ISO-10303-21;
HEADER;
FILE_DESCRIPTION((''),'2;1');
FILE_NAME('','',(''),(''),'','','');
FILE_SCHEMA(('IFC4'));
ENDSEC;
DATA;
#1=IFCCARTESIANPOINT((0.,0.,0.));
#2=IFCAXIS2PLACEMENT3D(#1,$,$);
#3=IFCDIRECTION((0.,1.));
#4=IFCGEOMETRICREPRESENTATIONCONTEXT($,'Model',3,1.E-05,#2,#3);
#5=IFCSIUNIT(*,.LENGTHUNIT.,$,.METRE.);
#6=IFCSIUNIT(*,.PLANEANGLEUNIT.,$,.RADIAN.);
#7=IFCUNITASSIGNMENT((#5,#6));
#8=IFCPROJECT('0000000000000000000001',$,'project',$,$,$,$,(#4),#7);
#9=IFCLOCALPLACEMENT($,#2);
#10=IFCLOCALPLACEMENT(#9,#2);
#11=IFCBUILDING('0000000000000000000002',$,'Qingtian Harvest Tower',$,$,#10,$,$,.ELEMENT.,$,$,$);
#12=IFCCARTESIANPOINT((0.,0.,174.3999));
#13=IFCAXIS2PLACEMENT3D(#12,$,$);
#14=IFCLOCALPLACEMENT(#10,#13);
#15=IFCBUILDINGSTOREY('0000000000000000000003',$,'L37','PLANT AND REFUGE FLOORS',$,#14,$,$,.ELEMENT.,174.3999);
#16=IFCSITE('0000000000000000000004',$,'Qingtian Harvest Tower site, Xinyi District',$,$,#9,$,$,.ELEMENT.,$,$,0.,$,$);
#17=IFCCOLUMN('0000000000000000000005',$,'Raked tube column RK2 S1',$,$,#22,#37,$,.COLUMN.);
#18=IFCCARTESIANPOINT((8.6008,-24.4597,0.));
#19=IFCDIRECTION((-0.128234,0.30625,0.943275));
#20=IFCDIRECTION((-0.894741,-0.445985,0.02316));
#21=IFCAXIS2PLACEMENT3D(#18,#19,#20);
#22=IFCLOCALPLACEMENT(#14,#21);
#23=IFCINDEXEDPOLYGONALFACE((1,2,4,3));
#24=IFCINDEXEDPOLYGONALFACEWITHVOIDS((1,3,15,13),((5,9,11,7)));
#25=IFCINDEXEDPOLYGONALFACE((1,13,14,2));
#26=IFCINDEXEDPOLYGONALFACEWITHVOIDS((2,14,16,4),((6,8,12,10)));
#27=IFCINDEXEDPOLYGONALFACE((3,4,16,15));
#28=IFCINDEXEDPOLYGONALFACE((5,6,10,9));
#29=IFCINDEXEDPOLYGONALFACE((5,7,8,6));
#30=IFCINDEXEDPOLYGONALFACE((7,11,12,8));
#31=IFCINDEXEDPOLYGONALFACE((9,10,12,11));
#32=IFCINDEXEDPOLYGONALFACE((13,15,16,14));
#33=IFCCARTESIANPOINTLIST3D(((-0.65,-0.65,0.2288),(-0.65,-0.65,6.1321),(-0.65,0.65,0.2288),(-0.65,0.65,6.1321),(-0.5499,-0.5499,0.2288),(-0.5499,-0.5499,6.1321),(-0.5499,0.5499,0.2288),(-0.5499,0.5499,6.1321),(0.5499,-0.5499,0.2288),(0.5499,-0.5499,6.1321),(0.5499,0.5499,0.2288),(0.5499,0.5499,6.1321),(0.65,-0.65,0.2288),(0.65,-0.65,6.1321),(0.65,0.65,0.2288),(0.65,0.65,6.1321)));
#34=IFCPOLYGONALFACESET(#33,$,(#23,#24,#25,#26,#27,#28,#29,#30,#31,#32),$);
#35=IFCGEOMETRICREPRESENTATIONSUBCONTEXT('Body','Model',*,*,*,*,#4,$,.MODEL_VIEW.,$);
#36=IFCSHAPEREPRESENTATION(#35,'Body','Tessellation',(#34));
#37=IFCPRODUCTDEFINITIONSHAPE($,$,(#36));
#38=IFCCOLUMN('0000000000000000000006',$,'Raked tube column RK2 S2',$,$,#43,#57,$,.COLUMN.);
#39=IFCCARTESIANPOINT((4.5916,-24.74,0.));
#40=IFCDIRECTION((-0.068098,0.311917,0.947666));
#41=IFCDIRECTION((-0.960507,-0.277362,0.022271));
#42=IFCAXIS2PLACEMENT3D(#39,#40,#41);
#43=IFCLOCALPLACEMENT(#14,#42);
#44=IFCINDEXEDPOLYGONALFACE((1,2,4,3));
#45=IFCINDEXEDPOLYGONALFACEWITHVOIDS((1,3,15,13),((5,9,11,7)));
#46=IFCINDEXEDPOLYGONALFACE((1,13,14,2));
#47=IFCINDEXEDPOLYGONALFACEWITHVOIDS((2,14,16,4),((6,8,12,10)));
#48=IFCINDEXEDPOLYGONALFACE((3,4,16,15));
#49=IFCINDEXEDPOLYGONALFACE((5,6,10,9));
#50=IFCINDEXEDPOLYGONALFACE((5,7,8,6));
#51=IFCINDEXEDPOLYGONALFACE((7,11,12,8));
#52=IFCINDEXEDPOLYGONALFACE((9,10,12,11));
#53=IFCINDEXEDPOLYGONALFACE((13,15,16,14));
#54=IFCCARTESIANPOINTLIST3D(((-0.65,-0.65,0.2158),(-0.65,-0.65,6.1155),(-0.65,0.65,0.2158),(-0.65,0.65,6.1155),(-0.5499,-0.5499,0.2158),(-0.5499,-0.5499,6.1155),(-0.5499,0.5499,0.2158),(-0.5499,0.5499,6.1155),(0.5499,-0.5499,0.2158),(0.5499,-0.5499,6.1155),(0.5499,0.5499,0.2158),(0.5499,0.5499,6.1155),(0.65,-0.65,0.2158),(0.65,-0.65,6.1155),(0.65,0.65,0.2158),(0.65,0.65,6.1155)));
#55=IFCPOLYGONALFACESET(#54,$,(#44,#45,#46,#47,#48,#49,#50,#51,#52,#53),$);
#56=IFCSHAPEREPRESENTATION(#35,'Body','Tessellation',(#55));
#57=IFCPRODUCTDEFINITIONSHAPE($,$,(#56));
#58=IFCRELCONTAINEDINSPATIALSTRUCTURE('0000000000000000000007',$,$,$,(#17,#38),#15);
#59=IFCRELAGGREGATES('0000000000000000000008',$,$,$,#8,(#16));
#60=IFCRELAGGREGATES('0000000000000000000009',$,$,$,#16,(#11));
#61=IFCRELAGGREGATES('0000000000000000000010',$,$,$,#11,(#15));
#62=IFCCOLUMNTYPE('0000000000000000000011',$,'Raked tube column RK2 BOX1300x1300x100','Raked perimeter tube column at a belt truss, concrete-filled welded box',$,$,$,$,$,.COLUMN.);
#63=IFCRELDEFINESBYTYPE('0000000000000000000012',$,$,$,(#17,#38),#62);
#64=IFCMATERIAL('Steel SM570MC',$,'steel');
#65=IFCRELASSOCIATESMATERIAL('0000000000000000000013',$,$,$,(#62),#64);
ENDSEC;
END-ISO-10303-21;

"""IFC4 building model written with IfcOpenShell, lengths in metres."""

from ifc_helpers import new_model, si_unit, direction, frame, origin, origin_2d, place, context, subcontext, project, spatial, hollow_rectangle, extrude, clip, halfspace, material, material_profile, profile_set, type_object, element, save


model = new_model("IFC4")

# Units and contexts
model_context = context("Model", 3, precision=1e-05, world=origin(), true_north=direction((0.0, 1.0)))
body_context = subcontext(model_context, "Body", "Model", "MODEL_VIEW")
ifc_project = project(units=[si_unit("LENGTHUNIT", "METRE"), si_unit("PLANEANGLEUNIT", "RADIAN")], contexts=[model_context])

# Site, building, storey
site_placement = place(None, origin())
site = spatial("IfcSite", under=ifc_project, at=site_placement, Name="Qingtian Harvest Tower site, Xinyi District", CompositionType="ELEMENT", RefElevation=0.0)
building_placement = place(site_placement, origin())
building = spatial("IfcBuilding", under=site, at=building_placement, Name="Qingtian Harvest Tower", CompositionType="ELEMENT")
storey_placement = place(building_placement, frame((0.0, 0.0, 174.3999)))
storey = spatial("IfcBuildingStorey", under=building, at=storey_placement, Name="L37", Description="PLANT AND REFUGE FLOORS", CompositionType="ELEMENT", Elevation=174.3999)

# Columns
ifc_material_1 = material(Name="Steel SM570MC", Category="steel")
ifc_material_profile_1 = material_profile(ifc_material_1, hollow_rectangle(XDim=1.3, YDim=1.3, WallThickness=0.1001, at=origin_2d()), Name="BOX1300x1300x100")
ifc_profile_set_1 = profile_set([ifc_material_profile_1], Name="Steel SM570MC")
column_type = type_object("IfcColumnType", Name="Raked tube column RK2 BOX1300x1300x100", Description="Raked perimeter tube column at a belt truss, concrete-filled welded box", PredefinedType="COLUMN", material=ifc_profile_set_1)
column_1_placement = place(storey_placement, frame((8.6008, -24.4597, 0.0), z_axis=(-0.128234, 0.30625, 0.943275), x_axis=(-0.894741, -0.445985, 0.02316)))
element("IfcColumn", 1, at=column_1_placement, inside=storey, type_object=column_type, Name="Raked tube column RK2 S1", PredefinedType="COLUMN", context=body_context, shape_type="Clipping", body=[
    clip(clip(extrude(hollow_rectangle(XDim=1.3, YDim=1.3, WallThickness=0.1001, at=origin_2d()), origin(), (0.0, 0.0, 1.0), 6.3608), halfspace(frame((0.0, 0.0, 0.2288), z_axis=(0.0, 0.0, -1.0), x_axis=(0.0, -1.0, 0.0)), False)), halfspace(frame((0.0, 0.0, 6.1321), z_axis=(0.0, 0.0, 1.0), x_axis=(0.0, 1.0, 0.0)), False)),
])
column_2_placement = place(storey_placement, frame((4.5916, -24.74, 0.0), z_axis=(-0.068098, 0.311917, 0.947666), x_axis=(-0.960507, -0.277362, 0.022271)))
element("IfcColumn", 2, at=column_2_placement, inside=storey, type_object=column_type, Name="Raked tube column RK2 S2", PredefinedType="COLUMN", context=body_context, shape_type="Clipping", body=[
    clip(clip(extrude(hollow_rectangle(XDim=1.3, YDim=1.3, WallThickness=0.1001, at=origin_2d()), origin(), (0.0, 0.0, 1.0), 6.3313), halfspace(frame((0.0, 0.0, 0.2158), z_axis=(0.0, 0.0, -1.0), x_axis=(0.0, -1.0, 0.0)), False)), halfspace(frame((0.0, 0.0, 6.1155), z_axis=(0.0, 0.0, 1.0), x_axis=(0.0, 1.0, 0.0)), False)),
])

save(model, "model.ifc")
